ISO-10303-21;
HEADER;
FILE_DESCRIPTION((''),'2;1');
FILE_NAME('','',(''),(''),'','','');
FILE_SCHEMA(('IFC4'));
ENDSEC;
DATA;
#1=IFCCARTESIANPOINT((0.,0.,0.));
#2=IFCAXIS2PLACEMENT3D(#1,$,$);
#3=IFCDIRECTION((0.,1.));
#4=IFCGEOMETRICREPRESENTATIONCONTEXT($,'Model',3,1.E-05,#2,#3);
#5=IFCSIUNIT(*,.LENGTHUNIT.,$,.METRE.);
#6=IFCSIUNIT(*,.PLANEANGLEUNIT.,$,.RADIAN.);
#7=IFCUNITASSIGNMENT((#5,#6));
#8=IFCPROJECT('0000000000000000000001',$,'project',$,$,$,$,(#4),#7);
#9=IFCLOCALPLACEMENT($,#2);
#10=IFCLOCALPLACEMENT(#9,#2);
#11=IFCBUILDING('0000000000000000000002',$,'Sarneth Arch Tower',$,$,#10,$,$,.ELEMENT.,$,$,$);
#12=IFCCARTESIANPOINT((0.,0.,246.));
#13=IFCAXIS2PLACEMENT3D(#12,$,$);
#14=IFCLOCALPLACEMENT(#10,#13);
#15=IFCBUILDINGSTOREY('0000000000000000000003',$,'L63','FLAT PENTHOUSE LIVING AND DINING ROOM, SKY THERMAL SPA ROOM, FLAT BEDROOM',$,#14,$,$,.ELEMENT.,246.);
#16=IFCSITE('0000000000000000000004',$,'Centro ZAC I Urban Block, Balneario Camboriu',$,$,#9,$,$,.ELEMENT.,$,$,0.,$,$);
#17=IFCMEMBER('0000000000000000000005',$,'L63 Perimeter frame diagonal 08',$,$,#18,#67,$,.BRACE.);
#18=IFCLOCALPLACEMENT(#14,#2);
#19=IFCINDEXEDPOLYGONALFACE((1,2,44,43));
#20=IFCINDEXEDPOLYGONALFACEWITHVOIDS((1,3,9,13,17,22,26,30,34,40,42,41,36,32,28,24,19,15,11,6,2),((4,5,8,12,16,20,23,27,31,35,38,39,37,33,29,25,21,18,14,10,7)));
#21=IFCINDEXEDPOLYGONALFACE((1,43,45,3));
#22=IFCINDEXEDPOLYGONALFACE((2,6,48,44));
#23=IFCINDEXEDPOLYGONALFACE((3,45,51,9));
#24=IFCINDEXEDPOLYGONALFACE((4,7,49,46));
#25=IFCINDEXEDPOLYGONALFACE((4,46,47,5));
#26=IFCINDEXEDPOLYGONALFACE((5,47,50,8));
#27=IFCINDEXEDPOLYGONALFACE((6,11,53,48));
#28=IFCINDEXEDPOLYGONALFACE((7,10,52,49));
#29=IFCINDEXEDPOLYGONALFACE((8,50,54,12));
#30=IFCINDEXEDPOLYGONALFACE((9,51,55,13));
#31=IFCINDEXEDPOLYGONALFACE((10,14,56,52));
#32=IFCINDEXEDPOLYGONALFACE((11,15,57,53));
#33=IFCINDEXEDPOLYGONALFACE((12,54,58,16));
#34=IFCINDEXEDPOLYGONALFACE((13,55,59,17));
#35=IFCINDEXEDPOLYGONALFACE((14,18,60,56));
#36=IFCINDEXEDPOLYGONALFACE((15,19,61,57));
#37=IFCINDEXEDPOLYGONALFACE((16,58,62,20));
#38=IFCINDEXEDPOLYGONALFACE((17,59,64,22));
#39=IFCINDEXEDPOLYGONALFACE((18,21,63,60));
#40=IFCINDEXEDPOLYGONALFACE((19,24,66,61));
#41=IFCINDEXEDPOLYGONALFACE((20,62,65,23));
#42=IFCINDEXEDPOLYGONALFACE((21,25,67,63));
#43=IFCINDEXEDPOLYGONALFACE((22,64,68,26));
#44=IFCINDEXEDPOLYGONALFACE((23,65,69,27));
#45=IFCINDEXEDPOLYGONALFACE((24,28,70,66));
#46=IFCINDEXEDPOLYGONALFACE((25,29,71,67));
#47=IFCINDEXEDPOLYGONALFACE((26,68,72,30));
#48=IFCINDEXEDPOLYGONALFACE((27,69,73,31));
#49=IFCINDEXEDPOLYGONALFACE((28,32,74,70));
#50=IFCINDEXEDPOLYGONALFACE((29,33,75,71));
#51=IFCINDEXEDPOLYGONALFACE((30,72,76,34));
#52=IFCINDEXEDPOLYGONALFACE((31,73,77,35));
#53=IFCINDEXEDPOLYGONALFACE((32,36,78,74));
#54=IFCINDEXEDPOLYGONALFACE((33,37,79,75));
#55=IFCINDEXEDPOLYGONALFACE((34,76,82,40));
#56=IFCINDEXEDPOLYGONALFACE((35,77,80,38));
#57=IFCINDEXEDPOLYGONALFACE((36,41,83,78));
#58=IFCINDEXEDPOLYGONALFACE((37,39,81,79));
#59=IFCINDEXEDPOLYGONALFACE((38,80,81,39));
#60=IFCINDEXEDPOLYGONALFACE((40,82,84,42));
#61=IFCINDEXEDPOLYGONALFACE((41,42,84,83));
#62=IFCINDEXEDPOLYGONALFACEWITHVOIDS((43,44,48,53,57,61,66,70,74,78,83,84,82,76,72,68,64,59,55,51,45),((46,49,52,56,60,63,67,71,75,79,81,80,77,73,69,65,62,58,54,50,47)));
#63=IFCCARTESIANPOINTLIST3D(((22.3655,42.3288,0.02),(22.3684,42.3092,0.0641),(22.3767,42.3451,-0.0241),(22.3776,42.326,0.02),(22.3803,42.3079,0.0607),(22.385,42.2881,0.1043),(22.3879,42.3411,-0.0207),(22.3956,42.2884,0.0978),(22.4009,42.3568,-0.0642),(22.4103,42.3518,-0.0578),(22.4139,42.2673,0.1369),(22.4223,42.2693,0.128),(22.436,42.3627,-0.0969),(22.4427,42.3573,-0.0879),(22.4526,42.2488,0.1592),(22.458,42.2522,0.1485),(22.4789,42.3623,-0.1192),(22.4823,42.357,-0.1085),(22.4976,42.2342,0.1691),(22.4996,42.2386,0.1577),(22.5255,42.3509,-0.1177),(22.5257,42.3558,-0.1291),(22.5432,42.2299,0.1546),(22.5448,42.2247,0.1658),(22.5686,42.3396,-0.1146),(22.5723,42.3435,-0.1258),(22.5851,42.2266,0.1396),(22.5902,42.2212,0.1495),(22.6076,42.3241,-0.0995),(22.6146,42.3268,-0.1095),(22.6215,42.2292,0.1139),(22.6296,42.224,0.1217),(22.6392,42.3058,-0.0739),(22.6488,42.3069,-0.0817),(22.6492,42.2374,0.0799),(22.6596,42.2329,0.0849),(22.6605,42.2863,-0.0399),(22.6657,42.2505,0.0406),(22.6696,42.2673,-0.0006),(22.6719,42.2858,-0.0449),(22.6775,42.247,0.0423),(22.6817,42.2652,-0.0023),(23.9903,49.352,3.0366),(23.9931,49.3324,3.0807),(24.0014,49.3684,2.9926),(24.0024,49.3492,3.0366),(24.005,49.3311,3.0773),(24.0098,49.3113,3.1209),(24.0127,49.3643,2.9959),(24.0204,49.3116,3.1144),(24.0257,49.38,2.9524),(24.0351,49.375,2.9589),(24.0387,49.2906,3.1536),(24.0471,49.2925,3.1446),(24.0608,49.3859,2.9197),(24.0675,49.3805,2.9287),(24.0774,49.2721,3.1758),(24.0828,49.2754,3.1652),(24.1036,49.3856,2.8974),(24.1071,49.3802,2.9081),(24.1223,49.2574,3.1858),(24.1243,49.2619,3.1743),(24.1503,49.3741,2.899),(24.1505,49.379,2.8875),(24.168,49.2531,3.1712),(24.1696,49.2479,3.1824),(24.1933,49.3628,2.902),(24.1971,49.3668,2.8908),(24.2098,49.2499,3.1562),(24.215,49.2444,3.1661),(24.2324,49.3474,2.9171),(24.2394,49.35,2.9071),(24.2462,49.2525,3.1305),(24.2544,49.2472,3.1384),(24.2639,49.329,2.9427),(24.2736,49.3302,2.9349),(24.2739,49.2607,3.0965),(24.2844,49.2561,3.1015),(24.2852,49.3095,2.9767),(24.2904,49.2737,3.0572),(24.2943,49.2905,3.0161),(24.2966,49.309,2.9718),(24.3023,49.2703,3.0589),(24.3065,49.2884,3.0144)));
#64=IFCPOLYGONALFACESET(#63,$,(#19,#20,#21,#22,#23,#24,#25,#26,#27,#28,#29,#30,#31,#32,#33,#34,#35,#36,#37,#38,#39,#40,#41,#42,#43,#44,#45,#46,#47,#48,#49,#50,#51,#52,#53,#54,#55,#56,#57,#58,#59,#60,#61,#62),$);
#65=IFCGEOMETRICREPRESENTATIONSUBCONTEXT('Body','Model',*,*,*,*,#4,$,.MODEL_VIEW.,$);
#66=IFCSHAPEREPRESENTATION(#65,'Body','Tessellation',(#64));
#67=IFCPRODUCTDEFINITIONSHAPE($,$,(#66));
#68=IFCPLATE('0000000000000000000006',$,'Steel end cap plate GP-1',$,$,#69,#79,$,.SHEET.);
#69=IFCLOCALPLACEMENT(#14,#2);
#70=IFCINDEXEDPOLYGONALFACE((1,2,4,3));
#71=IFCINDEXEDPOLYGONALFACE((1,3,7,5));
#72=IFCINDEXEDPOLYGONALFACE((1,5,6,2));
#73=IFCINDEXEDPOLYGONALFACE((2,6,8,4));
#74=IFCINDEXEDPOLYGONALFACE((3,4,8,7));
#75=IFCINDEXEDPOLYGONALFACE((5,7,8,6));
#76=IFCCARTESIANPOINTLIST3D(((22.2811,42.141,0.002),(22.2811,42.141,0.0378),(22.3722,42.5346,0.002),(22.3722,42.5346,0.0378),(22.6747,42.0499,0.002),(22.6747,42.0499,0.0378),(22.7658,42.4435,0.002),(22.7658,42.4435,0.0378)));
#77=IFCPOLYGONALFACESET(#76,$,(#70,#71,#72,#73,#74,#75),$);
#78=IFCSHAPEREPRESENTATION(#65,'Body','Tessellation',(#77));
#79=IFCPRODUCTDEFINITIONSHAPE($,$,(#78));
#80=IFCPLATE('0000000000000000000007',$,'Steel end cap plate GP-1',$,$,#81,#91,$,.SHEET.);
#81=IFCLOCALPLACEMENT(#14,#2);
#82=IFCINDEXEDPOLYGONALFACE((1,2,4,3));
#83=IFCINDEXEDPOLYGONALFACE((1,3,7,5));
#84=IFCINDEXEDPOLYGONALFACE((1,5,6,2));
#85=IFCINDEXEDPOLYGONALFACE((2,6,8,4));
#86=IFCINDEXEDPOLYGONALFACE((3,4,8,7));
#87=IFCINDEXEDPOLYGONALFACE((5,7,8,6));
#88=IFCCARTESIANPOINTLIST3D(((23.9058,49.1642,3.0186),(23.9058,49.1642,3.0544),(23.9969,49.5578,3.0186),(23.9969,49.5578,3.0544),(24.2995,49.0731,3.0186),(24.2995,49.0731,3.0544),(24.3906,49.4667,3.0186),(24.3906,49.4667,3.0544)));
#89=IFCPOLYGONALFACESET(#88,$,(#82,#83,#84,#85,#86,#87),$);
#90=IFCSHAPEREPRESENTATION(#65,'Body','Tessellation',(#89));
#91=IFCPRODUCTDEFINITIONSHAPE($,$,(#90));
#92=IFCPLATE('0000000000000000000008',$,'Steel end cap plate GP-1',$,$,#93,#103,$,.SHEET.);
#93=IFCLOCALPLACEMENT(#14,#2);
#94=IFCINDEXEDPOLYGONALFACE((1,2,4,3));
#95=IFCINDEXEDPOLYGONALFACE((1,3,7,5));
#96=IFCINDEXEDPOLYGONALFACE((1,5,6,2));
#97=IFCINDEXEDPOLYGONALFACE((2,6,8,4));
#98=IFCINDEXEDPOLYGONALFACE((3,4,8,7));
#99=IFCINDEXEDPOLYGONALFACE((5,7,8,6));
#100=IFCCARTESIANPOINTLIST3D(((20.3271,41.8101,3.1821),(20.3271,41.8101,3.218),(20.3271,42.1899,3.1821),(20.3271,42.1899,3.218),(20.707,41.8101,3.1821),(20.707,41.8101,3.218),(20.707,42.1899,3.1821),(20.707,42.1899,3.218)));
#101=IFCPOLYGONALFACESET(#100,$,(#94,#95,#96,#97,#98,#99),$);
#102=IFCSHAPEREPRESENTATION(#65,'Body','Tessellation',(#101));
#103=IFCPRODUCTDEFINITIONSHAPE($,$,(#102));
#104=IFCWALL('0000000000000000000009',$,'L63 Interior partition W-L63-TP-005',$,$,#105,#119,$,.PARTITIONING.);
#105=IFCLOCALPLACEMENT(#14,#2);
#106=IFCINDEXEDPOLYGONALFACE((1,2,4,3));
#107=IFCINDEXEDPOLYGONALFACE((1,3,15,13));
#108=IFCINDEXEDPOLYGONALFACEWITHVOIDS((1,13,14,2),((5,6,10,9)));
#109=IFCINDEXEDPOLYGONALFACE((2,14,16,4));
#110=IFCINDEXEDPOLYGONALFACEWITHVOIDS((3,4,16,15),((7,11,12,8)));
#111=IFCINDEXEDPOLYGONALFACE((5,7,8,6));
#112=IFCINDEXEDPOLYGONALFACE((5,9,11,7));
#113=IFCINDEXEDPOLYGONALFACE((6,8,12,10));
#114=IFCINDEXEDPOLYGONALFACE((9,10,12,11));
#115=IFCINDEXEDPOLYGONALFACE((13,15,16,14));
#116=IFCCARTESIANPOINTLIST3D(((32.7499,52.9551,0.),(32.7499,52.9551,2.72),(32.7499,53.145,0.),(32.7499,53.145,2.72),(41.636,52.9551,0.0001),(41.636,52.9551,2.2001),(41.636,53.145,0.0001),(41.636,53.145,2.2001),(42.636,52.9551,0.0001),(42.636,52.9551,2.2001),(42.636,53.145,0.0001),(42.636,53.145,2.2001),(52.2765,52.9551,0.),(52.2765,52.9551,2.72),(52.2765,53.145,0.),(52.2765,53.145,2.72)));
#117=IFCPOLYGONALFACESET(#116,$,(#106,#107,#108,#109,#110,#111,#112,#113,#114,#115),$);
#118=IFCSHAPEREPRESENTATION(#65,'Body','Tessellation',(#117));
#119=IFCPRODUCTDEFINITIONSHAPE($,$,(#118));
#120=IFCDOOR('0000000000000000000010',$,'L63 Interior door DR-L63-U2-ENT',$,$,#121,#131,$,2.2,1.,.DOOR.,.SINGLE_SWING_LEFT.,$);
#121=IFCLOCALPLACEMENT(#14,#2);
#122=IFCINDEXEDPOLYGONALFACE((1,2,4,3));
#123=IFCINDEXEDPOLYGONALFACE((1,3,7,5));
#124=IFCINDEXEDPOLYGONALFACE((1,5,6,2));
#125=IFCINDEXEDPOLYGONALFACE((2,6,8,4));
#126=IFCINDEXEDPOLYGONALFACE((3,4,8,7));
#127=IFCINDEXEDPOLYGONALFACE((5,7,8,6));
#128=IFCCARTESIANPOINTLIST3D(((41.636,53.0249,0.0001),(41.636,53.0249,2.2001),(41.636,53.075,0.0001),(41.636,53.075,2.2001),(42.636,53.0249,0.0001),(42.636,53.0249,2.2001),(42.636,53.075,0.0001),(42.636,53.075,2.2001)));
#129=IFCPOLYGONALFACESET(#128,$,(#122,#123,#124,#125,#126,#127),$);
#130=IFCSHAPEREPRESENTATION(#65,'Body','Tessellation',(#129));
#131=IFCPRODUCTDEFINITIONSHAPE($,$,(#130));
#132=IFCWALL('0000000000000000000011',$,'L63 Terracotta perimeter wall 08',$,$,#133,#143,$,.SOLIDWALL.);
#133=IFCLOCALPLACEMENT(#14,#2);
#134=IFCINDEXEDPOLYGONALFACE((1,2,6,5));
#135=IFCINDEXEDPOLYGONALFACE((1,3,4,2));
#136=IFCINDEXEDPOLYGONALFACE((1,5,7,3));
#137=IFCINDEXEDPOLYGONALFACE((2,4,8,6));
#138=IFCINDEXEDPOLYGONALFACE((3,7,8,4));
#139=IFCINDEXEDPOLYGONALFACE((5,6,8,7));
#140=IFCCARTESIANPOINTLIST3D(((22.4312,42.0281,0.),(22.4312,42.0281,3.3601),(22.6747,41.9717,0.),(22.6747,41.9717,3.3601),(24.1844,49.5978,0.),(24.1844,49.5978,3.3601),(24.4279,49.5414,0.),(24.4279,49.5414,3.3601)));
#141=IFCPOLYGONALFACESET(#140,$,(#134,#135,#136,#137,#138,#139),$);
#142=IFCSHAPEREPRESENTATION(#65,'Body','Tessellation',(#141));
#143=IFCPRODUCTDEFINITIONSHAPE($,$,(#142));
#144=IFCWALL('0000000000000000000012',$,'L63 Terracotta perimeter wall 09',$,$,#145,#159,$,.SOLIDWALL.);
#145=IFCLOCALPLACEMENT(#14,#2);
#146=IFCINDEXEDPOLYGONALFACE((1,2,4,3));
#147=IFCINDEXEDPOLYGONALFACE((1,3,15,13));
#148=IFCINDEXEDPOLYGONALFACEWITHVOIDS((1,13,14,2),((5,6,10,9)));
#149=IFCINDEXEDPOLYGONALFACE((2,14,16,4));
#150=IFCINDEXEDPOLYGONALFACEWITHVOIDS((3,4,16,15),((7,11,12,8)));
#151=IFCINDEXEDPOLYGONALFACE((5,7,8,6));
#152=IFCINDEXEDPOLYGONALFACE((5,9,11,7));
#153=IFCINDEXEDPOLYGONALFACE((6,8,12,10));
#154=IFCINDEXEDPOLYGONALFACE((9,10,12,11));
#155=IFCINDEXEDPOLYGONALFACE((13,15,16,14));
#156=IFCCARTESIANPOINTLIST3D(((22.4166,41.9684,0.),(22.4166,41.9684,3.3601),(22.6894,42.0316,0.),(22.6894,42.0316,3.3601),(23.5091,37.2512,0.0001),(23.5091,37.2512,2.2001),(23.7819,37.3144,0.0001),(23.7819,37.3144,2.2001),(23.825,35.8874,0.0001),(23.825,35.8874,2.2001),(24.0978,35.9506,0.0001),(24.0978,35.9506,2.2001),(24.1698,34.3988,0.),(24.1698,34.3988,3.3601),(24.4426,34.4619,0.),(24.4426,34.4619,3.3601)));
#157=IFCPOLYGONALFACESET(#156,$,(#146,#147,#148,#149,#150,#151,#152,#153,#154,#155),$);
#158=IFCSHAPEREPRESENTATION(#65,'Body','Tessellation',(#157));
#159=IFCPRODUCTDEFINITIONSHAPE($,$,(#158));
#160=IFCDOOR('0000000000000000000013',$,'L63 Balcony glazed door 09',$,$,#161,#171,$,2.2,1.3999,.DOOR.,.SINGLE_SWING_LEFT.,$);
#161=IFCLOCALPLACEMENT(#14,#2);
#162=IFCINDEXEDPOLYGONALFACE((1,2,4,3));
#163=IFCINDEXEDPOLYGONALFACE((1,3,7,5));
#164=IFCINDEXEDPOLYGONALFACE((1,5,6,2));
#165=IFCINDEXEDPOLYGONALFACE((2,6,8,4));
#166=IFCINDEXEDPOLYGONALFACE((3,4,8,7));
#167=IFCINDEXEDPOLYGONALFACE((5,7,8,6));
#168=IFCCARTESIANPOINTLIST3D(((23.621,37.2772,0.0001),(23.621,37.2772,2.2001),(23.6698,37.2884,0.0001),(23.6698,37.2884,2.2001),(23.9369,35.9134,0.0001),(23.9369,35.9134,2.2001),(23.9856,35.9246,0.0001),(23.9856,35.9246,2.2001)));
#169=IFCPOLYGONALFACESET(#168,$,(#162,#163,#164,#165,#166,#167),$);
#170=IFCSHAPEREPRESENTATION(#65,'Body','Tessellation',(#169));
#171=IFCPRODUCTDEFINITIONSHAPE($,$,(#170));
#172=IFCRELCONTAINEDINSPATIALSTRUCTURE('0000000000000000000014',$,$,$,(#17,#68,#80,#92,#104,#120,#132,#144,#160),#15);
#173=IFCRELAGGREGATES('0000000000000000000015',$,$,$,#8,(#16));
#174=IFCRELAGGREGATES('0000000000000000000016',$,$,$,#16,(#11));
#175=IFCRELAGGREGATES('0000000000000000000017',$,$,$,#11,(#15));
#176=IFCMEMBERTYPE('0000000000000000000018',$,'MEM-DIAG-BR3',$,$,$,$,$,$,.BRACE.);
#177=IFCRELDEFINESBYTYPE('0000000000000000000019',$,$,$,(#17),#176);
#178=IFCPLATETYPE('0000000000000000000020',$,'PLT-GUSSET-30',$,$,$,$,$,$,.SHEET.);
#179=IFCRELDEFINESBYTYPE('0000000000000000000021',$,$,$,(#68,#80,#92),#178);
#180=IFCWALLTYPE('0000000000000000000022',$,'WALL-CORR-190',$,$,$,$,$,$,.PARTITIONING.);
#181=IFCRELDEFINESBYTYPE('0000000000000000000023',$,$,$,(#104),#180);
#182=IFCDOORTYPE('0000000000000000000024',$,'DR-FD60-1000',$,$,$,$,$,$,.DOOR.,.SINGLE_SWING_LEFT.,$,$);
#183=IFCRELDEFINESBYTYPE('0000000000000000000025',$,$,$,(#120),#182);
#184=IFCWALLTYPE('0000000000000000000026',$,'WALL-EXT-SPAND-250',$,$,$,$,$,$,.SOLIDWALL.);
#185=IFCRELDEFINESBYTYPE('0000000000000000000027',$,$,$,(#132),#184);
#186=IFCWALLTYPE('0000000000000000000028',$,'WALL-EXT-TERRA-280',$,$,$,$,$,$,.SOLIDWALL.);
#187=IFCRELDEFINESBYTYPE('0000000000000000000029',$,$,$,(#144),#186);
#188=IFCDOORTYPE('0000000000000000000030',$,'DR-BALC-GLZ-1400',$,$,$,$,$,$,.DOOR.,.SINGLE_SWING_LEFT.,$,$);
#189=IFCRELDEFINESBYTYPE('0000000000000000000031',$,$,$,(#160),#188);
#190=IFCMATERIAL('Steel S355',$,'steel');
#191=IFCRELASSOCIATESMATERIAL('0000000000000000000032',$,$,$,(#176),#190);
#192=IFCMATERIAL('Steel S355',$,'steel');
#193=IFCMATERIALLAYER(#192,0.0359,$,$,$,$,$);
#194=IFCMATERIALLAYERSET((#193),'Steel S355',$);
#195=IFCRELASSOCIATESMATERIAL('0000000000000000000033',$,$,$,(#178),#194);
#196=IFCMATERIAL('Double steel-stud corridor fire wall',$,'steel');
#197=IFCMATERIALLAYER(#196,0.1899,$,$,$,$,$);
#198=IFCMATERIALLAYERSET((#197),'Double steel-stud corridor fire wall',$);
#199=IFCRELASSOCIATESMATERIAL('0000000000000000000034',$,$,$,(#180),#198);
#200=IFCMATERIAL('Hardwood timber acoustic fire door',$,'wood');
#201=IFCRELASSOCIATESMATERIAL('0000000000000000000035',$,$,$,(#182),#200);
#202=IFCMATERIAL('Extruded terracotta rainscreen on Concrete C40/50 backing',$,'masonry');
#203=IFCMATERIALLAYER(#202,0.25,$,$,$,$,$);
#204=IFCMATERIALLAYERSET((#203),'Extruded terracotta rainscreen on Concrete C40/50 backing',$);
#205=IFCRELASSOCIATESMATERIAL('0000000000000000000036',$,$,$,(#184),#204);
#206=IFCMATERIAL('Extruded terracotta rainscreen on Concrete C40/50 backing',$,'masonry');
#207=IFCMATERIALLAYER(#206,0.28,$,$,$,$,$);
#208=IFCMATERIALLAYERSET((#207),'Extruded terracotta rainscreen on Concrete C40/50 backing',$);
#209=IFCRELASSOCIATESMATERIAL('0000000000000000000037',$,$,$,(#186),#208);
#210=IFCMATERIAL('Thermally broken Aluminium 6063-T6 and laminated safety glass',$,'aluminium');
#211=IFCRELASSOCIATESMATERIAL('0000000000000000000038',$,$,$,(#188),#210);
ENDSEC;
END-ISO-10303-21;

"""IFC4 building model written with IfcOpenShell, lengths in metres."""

from ifc_helpers import new_model, si_unit, direction, frame, frame_2d, origin, origin_2d, place, context, subcontext, project, spatial, rectangle, hollow_circle, extrude, material, layer, layer_set, material_profile, profile_set, type_object, element, fill, save


model = new_model("IFC4")

# Units and contexts
model_context = context("Model", 3, precision=1e-05, world=origin(), true_north=direction((0.0, 1.0)))
body_context = subcontext(model_context, "Body", "Model", "MODEL_VIEW")
ifc_project = project(units=[si_unit("LENGTHUNIT", "METRE"), si_unit("PLANEANGLEUNIT", "RADIAN")], contexts=[model_context])

# Site, building, storey
site_placement = place(None, origin())
site = spatial("IfcSite", under=ifc_project, at=site_placement, Name="Centro ZAC I Urban Block, Balneario Camboriu", CompositionType="ELEMENT", RefElevation=0.0)
building_placement = place(site_placement, origin())
building = spatial("IfcBuilding", under=site, at=building_placement, Name="Sarneth Arch Tower", CompositionType="ELEMENT")
storey_placement = place(building_placement, frame((0.0, 0.0, 246.0)))
storey = spatial("IfcBuildingStorey", under=building, at=storey_placement, Name="L63", Description="FLAT PENTHOUSE LIVING AND DINING ROOM, SKY THERMAL SPA ROOM, FLAT BEDROOM", CompositionType="ELEMENT", Elevation=246.0)

# Member
ifc_material_1 = material(Name="Steel S355", Category="steel")
ifc_material_profile_1 = material_profile(ifc_material_1, hollow_circle(Radius=0.1621, WallThickness=0.0125, at=origin_2d()), Name="CHS324x12.5")
ifc_profile_set_1 = profile_set([ifc_material_profile_1], Name="Steel S355")
member_type_1 = type_object("IfcMemberType", Name="MEM-DIAG-BR3", PredefinedType="BRACE", material=ifc_profile_set_1)
member_1_placement = place(storey_placement, frame((22.5234, 42.2922, 0.02), z_axis=(0.207918, 0.898749, 0.386031), x_axis=(-0.974269, 0.225389, 0.0)))
element("IfcMember", 1, at=member_1_placement, inside=storey, type_object=member_type_1, Name="L63 Perimeter frame diagonal 08", PredefinedType="BRACE", context=body_context, shape_type="SweptSolid", body=[
    extrude(hollow_circle(Radius=0.1621, WallThickness=0.0125, at=origin_2d()), origin(), (0.0, 0.0, 1.0), 7.8145),
])

# Plates
ifc_material_2 = material(Name="Steel S355", Category="steel")
ifc_layer_1 = layer(ifc_material_2, 0.0359)
ifc_layer_set_1 = layer_set([ifc_layer_1], Name="Steel S355")
plate_type = type_object("IfcPlateType", Name="PLT-GUSSET-30", PredefinedType="SHEET", material=ifc_layer_set_1)
for number, where, z_axis, x_axis, name in (
    (2, (22.5234, 42.2922, 0.002), (0.0, 0.0, 1.0), (-0.225461, -0.974252, 0.0), "Steel end cap plate GP-1"),
    (3, (24.1482, 49.3154, 3.0186), (0.0, 0.0, 1.0), (-0.225461, -0.974252, 0.0), "Steel end cap plate GP-1"),
):
    element("IfcPlate", number, at=place(storey_placement, frame(where, z_axis=z_axis, x_axis=x_axis)), inside=storey, type_object=plate_type, Name=name, PredefinedType="SHEET", context=body_context, shape_type="SweptSolid", body=[
        extrude(rectangle(XDim=0.4041, YDim=0.4041, at=origin_2d()), origin(), (0.0, 0.0, 1.0), 0.0359),
    ])
plate_placement = place(storey_placement, frame((20.5171, 42.0, 3.1821), z_axis=(0.0, 0.0, 1.0), x_axis=(-1.0, 0.0, 0.0)))
element("IfcPlate", 4, at=plate_placement, inside=storey, type_object=plate_type, Name="Steel end cap plate GP-1", PredefinedType="SHEET", context=body_context, shape_type="SweptSolid", body=[
    extrude(rectangle(XDim=0.3799, YDim=0.3799, at=origin_2d()), origin(), (0.0, 0.0, 1.0), 0.0359),
])

# Wall, opening, door
ifc_material_3 = material(Name="Double steel-stud corridor fire wall", Category="steel")
ifc_layer_2 = layer(ifc_material_3, 0.1899)
ifc_layer_set_2 = layer_set([ifc_layer_2], Name="Double steel-stud corridor fire wall")
wall_type_1 = type_object("IfcWallType", Name="WALL-CORR-190", PredefinedType="PARTITIONING", material=ifc_layer_set_2)
wall_1_placement = place(storey_placement, frame((32.75, 53.05, 0.0), z_axis=(0.0, 0.0, 1.0), x_axis=(1.0, 0.0, 0.0)))
wall_1 = element("IfcWall", 5, at=wall_1_placement, inside=storey, type_object=wall_type_1, Name="L63 Interior partition W-L63-TP-005", PredefinedType="PARTITIONING", context=body_context, shape_type="SweptSolid", body=[
    extrude(rectangle(XDim=19.5266, YDim=0.1899, at=frame_2d((9.7632, 0.0))), origin(), (0.0, 0.0, 1.0), 2.72),
])
opening_1_placement = place(wall_1_placement, frame((8.886, 0.0, 0.0)))
opening_1 = element("IfcOpeningElement", 6, at=opening_1_placement, cuts=wall_1, PredefinedType="OPENING", context=body_context, shape_type="SweptSolid", body=[
    extrude(rectangle(XDim=1.0, YDim=2.2, at=frame_2d((0.5, 1.1001))), frame((0.0, 0.105, 0.0), z_axis=(0.0, -1.0, 0.0), x_axis=(1.0, 0.0, 0.0)), (0.0, 0.0, 1.0), 0.21),
])
ifc_material_4 = material(Name="Hardwood timber acoustic fire door", Category="wood")
door_type_1 = type_object("IfcDoorType", Name="DR-FD60-1000", OperationType="SINGLE_SWING_LEFT", PredefinedType="DOOR", material=ifc_material_4)
door_1_placement = place(opening_1_placement, origin())
door_1 = element("IfcDoor", 7, at=door_1_placement, inside=storey, type_object=door_type_1, Name="L63 Interior door DR-L63-U2-ENT", OperationType="SINGLE_SWING_LEFT", OverallHeight=2.2, OverallWidth=1.0, PredefinedType="DOOR", context=body_context, shape_type="SweptSolid", body=[
    extrude(rectangle(XDim=1.0, YDim=2.2, at=frame_2d((0.5, 1.1001))), frame((0.0, 0.0249, 0.0), z_axis=(0.0, -1.0, 0.0), x_axis=(1.0, 0.0, 0.0)), (0.0, 0.0, 1.0), 0.05),
])
fill(opening_1, door_1)

# Wall
ifc_material_5 = material(Name="Extruded terracotta rainscreen on Concrete C40/50 backing", Category="masonry")
ifc_layer_3 = layer(ifc_material_5, 0.25)
ifc_layer_set_3 = layer_set([ifc_layer_3], Name="Extruded terracotta rainscreen on Concrete C40/50 backing")
wall_type_2 = type_object("IfcWallType", Name="WALL-EXT-SPAND-250", PredefinedType="SOLIDWALL", material=ifc_layer_set_3)
wall_2_placement = place(storey_placement, frame((24.3062, 49.5696, 0.0), z_axis=(0.0, 0.0, 1.0), x_axis=(-0.225635, -0.974212, 0.0)))
element("IfcWall", 8, at=wall_2_placement, inside=storey, type_object=wall_type_2, Name="L63 Terracotta perimeter wall 08", PredefinedType="SOLIDWALL", context=body_context, shape_type="SweptSolid", body=[
    extrude(rectangle(XDim=7.77, YDim=0.25, at=frame_2d((3.885, 0.0))), origin(), (0.0, 0.0, 1.0), 3.3601),
])

# Wall, opening, door
ifc_material_6 = material(Name="Extruded terracotta rainscreen on Concrete C40/50 backing", Category="masonry")
ifc_layer_4 = layer(ifc_material_6, 0.28)
ifc_layer_set_4 = layer_set([ifc_layer_4], Name="Extruded terracotta rainscreen on Concrete C40/50 backing")
wall_type_3 = type_object("IfcWallType", Name="WALL-EXT-TERRA-280", PredefinedType="SOLIDWALL", material=ifc_layer_set_4)
wall_3_placement = place(storey_placement, frame((22.553, 42.0, 0.0), z_axis=(0.0, 0.0, 1.0), x_axis=(0.225635, -0.974212, 0.0)))
wall_3 = element("IfcWall", 9, at=wall_3_placement, inside=storey, type_object=wall_type_3, Name="L63 Terracotta perimeter wall 09", PredefinedType="SOLIDWALL", context=body_context, shape_type="SweptSolid", body=[
    extrude(rectangle(XDim=7.77, YDim=0.28, at=frame_2d((3.885, 0.0))), origin(), (0.0, 0.0, 1.0), 3.3601),
])
opening_2_placement = place(wall_3_placement, frame((4.842, 0.0, 0.0)))
opening_2 = element("IfcOpeningElement", 10, at=opening_2_placement, cuts=wall_3, PredefinedType="OPENING", context=body_context, shape_type="SweptSolid", body=[
    extrude(rectangle(XDim=1.3999, YDim=2.2, at=frame_2d((0.7, 1.1001))), frame((0.0, 0.1499, 0.0), z_axis=(0.0, -1.0, 0.0), x_axis=(1.0, 0.0, 0.0)), (0.0, 0.0, 1.0), 0.3),
])
ifc_material_7 = material(Name="Thermally broken Aluminium 6063-T6 and laminated safety glass", Category="aluminium")
door_type_2 = type_object("IfcDoorType", Name="DR-BALC-GLZ-1400", OperationType="SINGLE_SWING_LEFT", PredefinedType="DOOR", material=ifc_material_7)
door_2_placement = place(opening_2_placement, origin())
door_2 = element("IfcDoor", 11, at=door_2_placement, inside=storey, type_object=door_type_2, Name="L63 Balcony glazed door 09", OperationType="SINGLE_SWING_LEFT", OverallHeight=2.2, OverallWidth=1.3999, PredefinedType="DOOR", context=body_context, shape_type="SweptSolid", body=[
    extrude(rectangle(XDim=1.3999, YDim=2.2, at=frame_2d((0.7, 1.1001))), frame((0.0, 0.0249, 0.0), z_axis=(0.0, -1.0, 0.0), x_axis=(1.0, 0.0, 0.0)), (0.0, 0.0, 1.0), 0.05),
])
fill(opening_2, door_2)

save(model, "model.ifc")
